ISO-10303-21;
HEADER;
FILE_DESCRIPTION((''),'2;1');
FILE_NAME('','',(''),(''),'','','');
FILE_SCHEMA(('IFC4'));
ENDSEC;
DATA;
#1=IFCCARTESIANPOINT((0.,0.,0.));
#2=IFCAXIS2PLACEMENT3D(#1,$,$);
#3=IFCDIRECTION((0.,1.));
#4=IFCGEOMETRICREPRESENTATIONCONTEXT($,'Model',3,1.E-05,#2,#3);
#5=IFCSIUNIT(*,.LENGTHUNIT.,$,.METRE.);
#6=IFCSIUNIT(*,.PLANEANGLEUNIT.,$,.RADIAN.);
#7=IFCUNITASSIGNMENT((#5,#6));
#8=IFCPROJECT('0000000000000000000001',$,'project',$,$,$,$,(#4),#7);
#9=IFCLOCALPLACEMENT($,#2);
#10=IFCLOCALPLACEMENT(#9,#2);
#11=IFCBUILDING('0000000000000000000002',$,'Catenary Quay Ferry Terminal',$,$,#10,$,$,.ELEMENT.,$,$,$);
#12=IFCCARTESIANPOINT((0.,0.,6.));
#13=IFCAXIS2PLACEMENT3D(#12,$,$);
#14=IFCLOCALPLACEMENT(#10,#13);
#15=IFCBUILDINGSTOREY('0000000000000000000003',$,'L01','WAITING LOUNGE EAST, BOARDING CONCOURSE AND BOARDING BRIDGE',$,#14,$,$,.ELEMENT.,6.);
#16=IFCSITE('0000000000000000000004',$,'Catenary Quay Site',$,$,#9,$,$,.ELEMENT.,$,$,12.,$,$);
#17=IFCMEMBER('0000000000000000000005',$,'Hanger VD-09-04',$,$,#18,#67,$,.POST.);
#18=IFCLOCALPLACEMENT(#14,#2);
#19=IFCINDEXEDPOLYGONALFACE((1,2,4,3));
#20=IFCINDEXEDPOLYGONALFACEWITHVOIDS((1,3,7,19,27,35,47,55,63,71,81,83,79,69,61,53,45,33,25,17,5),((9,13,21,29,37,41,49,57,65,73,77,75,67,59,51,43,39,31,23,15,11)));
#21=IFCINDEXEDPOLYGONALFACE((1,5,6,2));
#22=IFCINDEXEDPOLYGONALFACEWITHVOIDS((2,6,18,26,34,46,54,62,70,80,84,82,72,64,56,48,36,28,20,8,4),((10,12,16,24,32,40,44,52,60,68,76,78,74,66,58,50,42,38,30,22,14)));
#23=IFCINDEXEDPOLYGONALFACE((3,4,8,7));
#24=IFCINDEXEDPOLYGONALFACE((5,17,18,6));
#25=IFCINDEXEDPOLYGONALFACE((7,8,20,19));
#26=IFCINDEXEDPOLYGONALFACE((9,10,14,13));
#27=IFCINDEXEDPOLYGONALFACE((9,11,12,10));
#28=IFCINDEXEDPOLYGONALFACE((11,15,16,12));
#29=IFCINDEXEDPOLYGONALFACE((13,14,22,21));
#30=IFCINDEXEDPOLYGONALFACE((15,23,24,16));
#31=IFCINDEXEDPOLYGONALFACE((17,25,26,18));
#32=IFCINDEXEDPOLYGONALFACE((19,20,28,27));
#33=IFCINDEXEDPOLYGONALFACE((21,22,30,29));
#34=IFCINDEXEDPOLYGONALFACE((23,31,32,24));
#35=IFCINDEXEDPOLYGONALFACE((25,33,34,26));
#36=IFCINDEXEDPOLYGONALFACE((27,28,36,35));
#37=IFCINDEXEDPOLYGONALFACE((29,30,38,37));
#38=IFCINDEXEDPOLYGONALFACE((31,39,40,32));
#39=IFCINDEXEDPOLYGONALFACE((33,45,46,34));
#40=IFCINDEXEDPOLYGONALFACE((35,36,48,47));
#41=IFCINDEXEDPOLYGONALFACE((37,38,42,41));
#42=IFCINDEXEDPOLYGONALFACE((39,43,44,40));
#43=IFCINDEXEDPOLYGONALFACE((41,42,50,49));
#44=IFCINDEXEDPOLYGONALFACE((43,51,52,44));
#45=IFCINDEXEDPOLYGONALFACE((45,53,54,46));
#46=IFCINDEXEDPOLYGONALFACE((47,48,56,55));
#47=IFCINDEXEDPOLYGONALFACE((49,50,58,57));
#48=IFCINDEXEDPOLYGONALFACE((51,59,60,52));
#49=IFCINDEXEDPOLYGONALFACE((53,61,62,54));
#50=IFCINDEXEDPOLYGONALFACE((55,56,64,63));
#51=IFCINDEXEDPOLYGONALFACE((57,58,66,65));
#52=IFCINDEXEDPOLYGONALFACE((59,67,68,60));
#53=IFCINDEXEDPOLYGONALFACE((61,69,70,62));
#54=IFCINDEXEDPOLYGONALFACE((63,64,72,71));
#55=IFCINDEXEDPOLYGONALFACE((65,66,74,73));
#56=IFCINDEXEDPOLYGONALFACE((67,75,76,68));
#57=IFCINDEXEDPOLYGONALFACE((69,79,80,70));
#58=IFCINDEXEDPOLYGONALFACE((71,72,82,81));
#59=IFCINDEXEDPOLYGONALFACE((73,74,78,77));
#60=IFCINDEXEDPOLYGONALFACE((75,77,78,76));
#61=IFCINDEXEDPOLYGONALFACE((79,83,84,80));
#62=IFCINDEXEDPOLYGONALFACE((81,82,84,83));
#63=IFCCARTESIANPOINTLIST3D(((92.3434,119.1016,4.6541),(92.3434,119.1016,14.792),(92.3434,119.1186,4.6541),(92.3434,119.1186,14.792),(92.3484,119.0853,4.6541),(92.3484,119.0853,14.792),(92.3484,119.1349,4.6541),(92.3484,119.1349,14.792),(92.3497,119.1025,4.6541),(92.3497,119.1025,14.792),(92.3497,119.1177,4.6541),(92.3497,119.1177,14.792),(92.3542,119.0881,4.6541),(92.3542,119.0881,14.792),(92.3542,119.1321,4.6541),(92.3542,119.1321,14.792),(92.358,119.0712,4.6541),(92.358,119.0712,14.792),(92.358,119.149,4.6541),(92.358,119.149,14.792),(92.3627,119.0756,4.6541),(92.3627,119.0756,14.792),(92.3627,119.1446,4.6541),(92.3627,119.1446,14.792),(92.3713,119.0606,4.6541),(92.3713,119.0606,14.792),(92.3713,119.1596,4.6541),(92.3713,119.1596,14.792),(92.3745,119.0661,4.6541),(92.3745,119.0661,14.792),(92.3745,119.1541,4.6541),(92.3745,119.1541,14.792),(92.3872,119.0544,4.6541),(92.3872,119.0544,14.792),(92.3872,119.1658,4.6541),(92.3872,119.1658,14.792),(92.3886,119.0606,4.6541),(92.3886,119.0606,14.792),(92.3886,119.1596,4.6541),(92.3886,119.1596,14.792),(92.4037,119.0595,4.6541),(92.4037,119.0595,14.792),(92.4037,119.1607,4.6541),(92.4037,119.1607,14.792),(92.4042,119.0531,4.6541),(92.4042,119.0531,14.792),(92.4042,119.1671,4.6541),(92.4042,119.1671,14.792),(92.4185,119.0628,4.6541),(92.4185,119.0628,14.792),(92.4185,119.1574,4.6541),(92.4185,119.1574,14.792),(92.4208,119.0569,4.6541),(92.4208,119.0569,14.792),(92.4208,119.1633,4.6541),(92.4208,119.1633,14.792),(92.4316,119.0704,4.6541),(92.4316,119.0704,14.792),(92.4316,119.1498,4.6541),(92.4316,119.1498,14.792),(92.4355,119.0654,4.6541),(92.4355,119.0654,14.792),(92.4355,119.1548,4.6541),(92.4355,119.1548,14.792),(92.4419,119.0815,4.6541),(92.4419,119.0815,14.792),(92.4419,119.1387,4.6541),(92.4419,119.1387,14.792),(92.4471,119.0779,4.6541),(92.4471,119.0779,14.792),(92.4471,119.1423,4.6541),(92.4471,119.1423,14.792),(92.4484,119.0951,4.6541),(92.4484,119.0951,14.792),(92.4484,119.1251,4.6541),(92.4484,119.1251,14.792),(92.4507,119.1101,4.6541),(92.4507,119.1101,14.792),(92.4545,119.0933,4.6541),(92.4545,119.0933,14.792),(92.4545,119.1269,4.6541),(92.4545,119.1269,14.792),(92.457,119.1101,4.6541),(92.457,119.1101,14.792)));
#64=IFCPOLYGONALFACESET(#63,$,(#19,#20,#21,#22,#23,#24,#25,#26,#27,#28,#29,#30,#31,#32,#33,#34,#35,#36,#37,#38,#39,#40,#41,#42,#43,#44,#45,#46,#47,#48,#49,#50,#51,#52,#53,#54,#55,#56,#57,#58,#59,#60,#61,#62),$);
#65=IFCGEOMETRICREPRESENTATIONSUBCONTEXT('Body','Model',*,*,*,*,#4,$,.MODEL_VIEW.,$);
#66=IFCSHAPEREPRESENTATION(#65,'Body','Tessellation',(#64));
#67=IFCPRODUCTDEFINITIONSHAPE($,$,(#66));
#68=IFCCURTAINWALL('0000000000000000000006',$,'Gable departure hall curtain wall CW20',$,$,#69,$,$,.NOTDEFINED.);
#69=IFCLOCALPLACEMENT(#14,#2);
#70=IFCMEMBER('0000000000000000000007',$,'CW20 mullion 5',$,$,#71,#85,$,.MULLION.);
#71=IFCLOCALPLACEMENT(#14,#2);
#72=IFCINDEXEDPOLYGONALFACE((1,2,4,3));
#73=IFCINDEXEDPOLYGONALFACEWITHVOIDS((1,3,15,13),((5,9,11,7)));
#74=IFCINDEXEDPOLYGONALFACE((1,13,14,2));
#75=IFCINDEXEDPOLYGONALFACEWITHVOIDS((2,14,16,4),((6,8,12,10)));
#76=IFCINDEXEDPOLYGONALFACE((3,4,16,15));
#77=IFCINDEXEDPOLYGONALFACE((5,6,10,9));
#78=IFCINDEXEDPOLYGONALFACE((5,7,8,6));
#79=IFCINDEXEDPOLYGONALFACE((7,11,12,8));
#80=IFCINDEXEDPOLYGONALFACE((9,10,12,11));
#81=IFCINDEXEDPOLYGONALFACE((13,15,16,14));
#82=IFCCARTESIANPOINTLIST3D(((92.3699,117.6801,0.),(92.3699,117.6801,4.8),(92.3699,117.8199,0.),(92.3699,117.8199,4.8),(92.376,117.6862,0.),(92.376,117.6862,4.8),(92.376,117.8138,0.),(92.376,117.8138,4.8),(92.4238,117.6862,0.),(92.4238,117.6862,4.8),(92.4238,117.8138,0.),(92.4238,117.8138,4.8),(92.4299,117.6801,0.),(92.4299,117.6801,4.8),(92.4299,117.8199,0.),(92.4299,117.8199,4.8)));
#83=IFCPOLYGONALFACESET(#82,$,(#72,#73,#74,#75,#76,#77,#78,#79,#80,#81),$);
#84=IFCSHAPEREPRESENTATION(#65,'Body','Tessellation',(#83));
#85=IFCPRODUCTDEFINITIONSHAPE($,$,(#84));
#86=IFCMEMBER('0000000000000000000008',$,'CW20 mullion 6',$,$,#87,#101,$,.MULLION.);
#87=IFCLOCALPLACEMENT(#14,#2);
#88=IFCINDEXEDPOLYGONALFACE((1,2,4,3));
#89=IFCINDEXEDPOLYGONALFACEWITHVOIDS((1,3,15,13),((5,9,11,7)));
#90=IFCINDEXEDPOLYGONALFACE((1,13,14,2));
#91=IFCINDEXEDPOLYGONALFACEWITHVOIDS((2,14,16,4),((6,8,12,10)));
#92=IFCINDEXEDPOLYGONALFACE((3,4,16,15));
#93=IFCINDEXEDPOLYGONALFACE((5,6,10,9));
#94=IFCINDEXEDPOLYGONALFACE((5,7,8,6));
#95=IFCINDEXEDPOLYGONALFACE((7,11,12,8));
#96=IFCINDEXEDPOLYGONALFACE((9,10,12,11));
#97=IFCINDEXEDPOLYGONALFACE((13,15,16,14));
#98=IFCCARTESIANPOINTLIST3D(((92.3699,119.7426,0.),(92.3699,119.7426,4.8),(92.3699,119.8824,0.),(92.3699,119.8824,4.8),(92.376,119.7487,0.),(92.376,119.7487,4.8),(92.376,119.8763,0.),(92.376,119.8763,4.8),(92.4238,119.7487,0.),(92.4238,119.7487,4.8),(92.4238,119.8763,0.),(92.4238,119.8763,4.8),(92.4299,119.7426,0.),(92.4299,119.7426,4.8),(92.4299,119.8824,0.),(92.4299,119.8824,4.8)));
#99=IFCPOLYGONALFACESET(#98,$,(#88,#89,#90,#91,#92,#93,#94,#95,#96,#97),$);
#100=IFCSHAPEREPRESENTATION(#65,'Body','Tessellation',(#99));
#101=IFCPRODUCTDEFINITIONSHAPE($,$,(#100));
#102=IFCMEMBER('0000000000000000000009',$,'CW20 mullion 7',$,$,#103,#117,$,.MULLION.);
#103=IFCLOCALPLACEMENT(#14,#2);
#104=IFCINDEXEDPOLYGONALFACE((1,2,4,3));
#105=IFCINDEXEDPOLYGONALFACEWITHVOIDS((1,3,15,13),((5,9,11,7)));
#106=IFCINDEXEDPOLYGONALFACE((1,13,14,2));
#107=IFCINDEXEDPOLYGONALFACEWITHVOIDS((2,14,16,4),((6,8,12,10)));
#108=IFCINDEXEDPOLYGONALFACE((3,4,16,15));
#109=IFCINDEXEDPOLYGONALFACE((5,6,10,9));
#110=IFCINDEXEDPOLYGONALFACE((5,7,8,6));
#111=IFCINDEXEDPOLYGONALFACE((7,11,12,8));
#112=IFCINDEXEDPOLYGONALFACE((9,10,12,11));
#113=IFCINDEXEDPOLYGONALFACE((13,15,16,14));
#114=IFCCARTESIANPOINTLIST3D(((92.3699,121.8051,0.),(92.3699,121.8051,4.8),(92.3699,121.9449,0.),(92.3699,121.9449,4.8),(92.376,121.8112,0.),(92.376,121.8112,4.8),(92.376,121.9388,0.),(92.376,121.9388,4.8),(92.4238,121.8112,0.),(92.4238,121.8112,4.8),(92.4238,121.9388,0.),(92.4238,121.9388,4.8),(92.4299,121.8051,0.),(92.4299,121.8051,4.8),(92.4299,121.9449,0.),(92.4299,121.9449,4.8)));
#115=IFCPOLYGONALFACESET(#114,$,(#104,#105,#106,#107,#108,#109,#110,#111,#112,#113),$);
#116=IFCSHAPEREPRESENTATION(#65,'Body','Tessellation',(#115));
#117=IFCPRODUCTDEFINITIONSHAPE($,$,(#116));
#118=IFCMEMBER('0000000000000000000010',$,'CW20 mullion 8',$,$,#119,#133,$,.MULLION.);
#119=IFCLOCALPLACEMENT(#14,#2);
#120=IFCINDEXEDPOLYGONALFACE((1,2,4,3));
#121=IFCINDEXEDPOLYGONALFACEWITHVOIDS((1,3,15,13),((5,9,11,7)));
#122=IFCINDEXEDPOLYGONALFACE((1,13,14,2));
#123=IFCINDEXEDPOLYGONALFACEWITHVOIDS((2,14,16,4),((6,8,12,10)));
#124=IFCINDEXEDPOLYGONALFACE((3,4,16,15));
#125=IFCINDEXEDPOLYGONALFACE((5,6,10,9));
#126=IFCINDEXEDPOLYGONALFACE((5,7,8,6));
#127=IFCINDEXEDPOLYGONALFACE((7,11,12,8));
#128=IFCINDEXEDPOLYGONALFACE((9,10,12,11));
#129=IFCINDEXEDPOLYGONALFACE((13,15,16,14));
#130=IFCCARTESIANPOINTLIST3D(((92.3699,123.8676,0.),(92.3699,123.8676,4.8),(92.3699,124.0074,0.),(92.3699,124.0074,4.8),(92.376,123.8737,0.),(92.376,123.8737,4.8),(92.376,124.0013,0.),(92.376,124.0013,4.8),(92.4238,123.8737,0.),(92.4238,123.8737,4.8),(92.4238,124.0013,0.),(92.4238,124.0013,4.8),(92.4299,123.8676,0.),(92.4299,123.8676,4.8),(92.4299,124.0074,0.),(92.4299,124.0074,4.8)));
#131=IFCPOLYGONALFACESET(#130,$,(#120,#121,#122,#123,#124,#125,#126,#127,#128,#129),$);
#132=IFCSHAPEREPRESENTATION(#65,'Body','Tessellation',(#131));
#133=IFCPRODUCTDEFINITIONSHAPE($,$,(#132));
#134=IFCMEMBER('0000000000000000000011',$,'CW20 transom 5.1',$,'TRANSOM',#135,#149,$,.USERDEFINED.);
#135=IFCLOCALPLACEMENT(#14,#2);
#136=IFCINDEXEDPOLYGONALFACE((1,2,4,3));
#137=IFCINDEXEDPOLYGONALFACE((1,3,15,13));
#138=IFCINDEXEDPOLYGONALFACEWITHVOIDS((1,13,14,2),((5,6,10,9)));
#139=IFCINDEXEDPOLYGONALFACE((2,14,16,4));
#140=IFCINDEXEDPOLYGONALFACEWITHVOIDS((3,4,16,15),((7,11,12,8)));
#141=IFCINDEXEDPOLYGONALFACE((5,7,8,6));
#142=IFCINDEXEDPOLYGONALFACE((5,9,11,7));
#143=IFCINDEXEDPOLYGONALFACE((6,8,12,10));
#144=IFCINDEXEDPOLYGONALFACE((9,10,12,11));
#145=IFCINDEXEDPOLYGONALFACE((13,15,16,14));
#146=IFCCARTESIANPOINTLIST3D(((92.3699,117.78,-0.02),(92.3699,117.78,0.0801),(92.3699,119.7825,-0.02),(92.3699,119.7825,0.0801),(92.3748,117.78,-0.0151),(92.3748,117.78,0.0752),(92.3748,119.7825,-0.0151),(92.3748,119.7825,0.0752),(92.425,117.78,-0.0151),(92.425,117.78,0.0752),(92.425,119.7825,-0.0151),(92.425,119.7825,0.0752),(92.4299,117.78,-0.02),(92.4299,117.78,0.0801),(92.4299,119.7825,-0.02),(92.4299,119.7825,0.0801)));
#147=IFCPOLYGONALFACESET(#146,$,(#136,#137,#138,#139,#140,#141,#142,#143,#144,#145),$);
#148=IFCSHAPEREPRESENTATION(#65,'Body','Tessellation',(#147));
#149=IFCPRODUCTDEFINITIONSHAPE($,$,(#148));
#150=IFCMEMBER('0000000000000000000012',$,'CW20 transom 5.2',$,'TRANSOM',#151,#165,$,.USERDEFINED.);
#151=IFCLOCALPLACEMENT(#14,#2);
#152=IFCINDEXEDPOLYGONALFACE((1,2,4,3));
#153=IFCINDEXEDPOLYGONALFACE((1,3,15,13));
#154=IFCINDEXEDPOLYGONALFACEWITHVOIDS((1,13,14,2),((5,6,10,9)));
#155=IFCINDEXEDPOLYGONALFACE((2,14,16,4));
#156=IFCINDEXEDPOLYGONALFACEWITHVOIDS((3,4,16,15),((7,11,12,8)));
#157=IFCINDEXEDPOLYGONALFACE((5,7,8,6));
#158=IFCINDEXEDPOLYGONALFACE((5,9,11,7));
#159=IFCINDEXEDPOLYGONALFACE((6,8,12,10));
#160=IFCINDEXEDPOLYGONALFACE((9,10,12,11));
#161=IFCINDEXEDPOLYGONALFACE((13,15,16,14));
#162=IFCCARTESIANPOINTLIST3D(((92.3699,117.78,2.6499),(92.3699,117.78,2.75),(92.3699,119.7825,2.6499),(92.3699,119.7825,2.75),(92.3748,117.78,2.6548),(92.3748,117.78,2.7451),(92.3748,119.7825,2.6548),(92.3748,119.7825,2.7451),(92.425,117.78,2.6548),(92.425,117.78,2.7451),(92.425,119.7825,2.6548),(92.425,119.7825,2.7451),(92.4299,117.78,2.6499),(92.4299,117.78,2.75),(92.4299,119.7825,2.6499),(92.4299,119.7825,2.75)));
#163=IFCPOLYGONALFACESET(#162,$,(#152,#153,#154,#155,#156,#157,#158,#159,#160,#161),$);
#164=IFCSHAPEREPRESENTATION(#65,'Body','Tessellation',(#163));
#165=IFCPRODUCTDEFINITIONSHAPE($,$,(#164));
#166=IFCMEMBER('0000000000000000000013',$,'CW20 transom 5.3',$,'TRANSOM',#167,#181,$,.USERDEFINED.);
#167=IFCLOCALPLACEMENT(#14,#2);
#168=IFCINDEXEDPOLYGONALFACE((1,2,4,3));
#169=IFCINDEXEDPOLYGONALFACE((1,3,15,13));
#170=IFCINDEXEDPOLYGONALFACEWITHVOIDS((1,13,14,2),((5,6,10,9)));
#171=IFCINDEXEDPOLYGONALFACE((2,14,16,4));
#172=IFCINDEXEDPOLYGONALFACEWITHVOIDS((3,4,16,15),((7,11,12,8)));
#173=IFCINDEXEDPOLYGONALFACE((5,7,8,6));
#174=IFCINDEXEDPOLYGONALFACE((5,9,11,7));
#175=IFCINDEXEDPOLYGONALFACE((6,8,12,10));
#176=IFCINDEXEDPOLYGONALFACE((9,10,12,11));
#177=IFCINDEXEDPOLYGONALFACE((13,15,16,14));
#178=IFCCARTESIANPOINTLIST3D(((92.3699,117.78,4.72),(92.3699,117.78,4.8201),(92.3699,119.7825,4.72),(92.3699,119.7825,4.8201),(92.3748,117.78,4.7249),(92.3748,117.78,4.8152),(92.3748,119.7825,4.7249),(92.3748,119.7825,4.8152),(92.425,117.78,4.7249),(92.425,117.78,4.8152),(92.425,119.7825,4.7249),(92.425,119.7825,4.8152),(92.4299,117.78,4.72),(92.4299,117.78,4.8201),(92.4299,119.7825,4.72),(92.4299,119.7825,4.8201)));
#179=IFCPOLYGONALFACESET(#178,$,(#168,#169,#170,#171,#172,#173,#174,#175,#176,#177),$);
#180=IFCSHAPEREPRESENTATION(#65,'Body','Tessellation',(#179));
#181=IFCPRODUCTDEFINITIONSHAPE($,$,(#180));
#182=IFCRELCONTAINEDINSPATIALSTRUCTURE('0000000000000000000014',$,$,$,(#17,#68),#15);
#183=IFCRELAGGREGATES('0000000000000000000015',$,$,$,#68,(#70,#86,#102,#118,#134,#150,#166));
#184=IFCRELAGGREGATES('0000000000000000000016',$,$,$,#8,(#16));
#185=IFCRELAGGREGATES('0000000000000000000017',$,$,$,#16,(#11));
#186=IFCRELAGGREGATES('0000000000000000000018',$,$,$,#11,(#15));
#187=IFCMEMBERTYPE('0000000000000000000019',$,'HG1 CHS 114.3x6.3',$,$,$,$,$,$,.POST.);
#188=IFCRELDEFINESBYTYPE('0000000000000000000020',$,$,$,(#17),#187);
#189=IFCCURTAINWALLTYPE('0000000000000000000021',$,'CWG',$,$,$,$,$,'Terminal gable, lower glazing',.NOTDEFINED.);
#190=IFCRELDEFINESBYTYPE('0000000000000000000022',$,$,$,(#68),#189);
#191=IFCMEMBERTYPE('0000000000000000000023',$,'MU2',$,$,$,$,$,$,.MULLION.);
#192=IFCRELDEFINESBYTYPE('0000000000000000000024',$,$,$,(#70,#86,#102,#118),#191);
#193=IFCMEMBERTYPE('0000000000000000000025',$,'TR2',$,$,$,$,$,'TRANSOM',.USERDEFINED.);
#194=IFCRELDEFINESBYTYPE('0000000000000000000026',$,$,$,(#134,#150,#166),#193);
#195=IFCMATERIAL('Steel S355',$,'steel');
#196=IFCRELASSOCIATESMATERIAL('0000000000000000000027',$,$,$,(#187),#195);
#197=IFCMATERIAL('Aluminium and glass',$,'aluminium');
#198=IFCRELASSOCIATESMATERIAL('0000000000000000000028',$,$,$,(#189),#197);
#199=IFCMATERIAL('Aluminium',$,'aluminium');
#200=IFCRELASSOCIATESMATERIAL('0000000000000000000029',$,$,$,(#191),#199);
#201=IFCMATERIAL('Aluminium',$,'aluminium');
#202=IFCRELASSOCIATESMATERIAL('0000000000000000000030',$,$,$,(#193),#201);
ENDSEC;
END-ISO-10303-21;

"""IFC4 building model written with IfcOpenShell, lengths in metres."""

from ifc_helpers import new_model, si_unit, direction, frame, origin, origin_2d, place, context, subcontext, project, spatial, hollow_rectangle, hollow_circle, extrude, material, material_profile, profile_set, type_object, element, aggregate, save


model = new_model("IFC4")

# Units and contexts
model_context = context("Model", 3, precision=1e-05, world=origin(), true_north=direction((0.0, 1.0)))
body_context = subcontext(model_context, "Body", "Model", "MODEL_VIEW")
ifc_project = project(units=[si_unit("LENGTHUNIT", "METRE"), si_unit("PLANEANGLEUNIT", "RADIAN")], contexts=[model_context])

# Site, building, storey
site_placement = place(None, origin())
site = spatial("IfcSite", under=ifc_project, at=site_placement, Name="Catenary Quay Site", CompositionType="ELEMENT", RefElevation=12.0)
building_placement = place(site_placement, origin())
building = spatial("IfcBuilding", under=site, at=building_placement, Name="Catenary Quay Ferry Terminal", CompositionType="ELEMENT")
storey_placement = place(building_placement, frame((0.0, 0.0, 6.0)))
storey = spatial("IfcBuildingStorey", under=building, at=storey_placement, Name="L01", Description="WAITING LOUNGE EAST, BOARDING CONCOURSE AND BOARDING BRIDGE", CompositionType="ELEMENT", Elevation=6.0)

# Member
ifc_material_1 = material(Name="Steel S355", Category="steel")
ifc_material_profile_1 = material_profile(ifc_material_1, hollow_circle(Radius=0.0571, WallThickness=0.0063, at=origin_2d()), Name="CHS 114.3x6.3")
ifc_profile_set_1 = profile_set([ifc_material_profile_1], Name="Steel S355")
member_type_1 = type_object("IfcMemberType", Name="HG1 CHS 114.3x6.3", PredefinedType="POST", material=ifc_profile_set_1)
member_1_placement = place(storey_placement, frame((92.3999, 119.1101, 4.6541), z_axis=(0.0, 0.0, 1.0), x_axis=(1.0, 0.0, 0.0)))
element("IfcMember", 1, at=member_1_placement, inside=storey, type_object=member_type_1, Name="Hanger VD-09-04", PredefinedType="POST", context=body_context, shape_type="SweptSolid", body=[
    extrude(hollow_circle(Radius=0.0571, WallThickness=0.0063, at=origin_2d()), origin(), (0.0, 0.0, 1.0), 10.1379),
])

# Curtain wall, members
ifc_material_2 = material(Name="Aluminium and glass", Category="aluminium")
curtain_wall_type = type_object("IfcCurtainWallType", Name="CWG", ElementType="Terminal gable, lower glazing", PredefinedType="NOTDEFINED", material=ifc_material_2)
curtain_wall_placement = place(storey_placement, origin())
curtain_wall = element("IfcCurtainWall", 2, at=curtain_wall_placement, inside=storey, type_object=curtain_wall_type, Name="Gable departure hall curtain wall CW20", PredefinedType="NOTDEFINED")
ifc_material_3 = material(Name="Aluminium", Category="aluminium")
ifc_material_profile_2 = material_profile(ifc_material_3, hollow_rectangle(XDim=0.0601, YDim=0.1399, WallThickness=0.0061, at=origin_2d()), Name="MU2")
ifc_profile_set_2 = profile_set([ifc_material_profile_2], Name="Aluminium")
member_type_2 = type_object("IfcMemberType", Name="MU2", PredefinedType="MULLION", material=ifc_profile_set_2)
member_2_placement = place(storey_placement, frame((92.3999, 117.75, 0.0), z_axis=(0.0, 0.0, 1.0), x_axis=(-1.0, 0.0, 0.0)))
member_2 = element("IfcMember", 3, at=member_2_placement, type_object=member_type_2, Name="CW20 mullion 5", PredefinedType="MULLION", context=body_context, shape_type="SweptSolid", body=[
    extrude(hollow_rectangle(XDim=0.0601, YDim=0.1399, WallThickness=0.0061, at=origin_2d()), origin(), (0.0, 0.0, 1.0), 4.8),
])
member_3_placement = place(storey_placement, frame((92.3999, 119.8125, 0.0), z_axis=(0.0, 0.0, 1.0), x_axis=(-1.0, 0.0, 0.0)))
member_3 = element("IfcMember", 4, at=member_3_placement, type_object=member_type_2, Name="CW20 mullion 6", PredefinedType="MULLION", context=body_context, shape_type="SweptSolid", body=[
    extrude(hollow_rectangle(XDim=0.0601, YDim=0.1399, WallThickness=0.0061, at=origin_2d()), origin(), (0.0, 0.0, 1.0), 4.8),
])
member_4_placement = place(storey_placement, frame((92.3999, 121.875, 0.0), z_axis=(0.0, 0.0, 1.0), x_axis=(-1.0, 0.0, 0.0)))
member_4 = element("IfcMember", 5, at=member_4_placement, type_object=member_type_2, Name="CW20 mullion 7", PredefinedType="MULLION", context=body_context, shape_type="SweptSolid", body=[
    extrude(hollow_rectangle(XDim=0.0601, YDim=0.1399, WallThickness=0.0061, at=origin_2d()), origin(), (0.0, 0.0, 1.0), 4.8),
])
member_5_placement = place(storey_placement, frame((92.3999, 123.9375, 0.0), z_axis=(0.0, 0.0, 1.0), x_axis=(-1.0, 0.0, 0.0)))
member_5 = element("IfcMember", 6, at=member_5_placement, type_object=member_type_2, Name="CW20 mullion 8", PredefinedType="MULLION", context=body_context, shape_type="SweptSolid", body=[
    extrude(hollow_rectangle(XDim=0.0601, YDim=0.1399, WallThickness=0.0061, at=origin_2d()), origin(), (0.0, 0.0, 1.0), 4.8),
])
ifc_material_4 = material(Name="Aluminium", Category="aluminium")
ifc_material_profile_3 = material_profile(ifc_material_4, hollow_rectangle(XDim=0.0601, YDim=0.1001, WallThickness=0.0049, at=origin_2d()), Name="TR2")
ifc_profile_set_3 = profile_set([ifc_material_profile_3], Name="Aluminium")
member_type_3 = type_object("IfcMemberType", Name="TR2", ElementType="TRANSOM", PredefinedType="USERDEFINED", material=ifc_profile_set_3)
member_6_placement = place(storey_placement, frame((92.3999, 117.78, 0.03), z_axis=(0.0, 1.0, 0.0), x_axis=(-1.0, 0.0, 0.0)))
member_6 = element("IfcMember", 7, at=member_6_placement, type_object=member_type_3, Name="CW20 transom 5.1", ObjectType="TRANSOM", PredefinedType="USERDEFINED", context=body_context, shape_type="SweptSolid", body=[
    extrude(hollow_rectangle(XDim=0.0601, YDim=0.1001, WallThickness=0.0049, at=origin_2d()), origin(), (0.0, 0.0, 1.0), 2.0024),
])
member_7_placement = place(storey_placement, frame((92.3999, 117.78, 2.7), z_axis=(0.0, 1.0, 0.0), x_axis=(-1.0, 0.0, 0.0)))
member_7 = element("IfcMember", 8, at=member_7_placement, type_object=member_type_3, Name="CW20 transom 5.2", ObjectType="TRANSOM", PredefinedType="USERDEFINED", context=body_context, shape_type="SweptSolid", body=[
    extrude(hollow_rectangle(XDim=0.0601, YDim=0.1001, WallThickness=0.0049, at=origin_2d()), origin(), (0.0, 0.0, 1.0), 2.0024),
])
member_8_placement = place(storey_placement, frame((92.3999, 117.78, 4.77), z_axis=(0.0, 1.0, 0.0), x_axis=(-1.0, 0.0, 0.0)))
member_8 = element("IfcMember", 9, at=member_8_placement, type_object=member_type_3, Name="CW20 transom 5.3", ObjectType="TRANSOM", PredefinedType="USERDEFINED", context=body_context, shape_type="SweptSolid", body=[
    extrude(hollow_rectangle(XDim=0.0601, YDim=0.1001, WallThickness=0.0049, at=origin_2d()), origin(), (0.0, 0.0, 1.0), 2.0024),
])
aggregate(curtain_wall, [member_2, member_3, member_4, member_5, member_6, member_7, member_8])

save(model, "model.ifc")
